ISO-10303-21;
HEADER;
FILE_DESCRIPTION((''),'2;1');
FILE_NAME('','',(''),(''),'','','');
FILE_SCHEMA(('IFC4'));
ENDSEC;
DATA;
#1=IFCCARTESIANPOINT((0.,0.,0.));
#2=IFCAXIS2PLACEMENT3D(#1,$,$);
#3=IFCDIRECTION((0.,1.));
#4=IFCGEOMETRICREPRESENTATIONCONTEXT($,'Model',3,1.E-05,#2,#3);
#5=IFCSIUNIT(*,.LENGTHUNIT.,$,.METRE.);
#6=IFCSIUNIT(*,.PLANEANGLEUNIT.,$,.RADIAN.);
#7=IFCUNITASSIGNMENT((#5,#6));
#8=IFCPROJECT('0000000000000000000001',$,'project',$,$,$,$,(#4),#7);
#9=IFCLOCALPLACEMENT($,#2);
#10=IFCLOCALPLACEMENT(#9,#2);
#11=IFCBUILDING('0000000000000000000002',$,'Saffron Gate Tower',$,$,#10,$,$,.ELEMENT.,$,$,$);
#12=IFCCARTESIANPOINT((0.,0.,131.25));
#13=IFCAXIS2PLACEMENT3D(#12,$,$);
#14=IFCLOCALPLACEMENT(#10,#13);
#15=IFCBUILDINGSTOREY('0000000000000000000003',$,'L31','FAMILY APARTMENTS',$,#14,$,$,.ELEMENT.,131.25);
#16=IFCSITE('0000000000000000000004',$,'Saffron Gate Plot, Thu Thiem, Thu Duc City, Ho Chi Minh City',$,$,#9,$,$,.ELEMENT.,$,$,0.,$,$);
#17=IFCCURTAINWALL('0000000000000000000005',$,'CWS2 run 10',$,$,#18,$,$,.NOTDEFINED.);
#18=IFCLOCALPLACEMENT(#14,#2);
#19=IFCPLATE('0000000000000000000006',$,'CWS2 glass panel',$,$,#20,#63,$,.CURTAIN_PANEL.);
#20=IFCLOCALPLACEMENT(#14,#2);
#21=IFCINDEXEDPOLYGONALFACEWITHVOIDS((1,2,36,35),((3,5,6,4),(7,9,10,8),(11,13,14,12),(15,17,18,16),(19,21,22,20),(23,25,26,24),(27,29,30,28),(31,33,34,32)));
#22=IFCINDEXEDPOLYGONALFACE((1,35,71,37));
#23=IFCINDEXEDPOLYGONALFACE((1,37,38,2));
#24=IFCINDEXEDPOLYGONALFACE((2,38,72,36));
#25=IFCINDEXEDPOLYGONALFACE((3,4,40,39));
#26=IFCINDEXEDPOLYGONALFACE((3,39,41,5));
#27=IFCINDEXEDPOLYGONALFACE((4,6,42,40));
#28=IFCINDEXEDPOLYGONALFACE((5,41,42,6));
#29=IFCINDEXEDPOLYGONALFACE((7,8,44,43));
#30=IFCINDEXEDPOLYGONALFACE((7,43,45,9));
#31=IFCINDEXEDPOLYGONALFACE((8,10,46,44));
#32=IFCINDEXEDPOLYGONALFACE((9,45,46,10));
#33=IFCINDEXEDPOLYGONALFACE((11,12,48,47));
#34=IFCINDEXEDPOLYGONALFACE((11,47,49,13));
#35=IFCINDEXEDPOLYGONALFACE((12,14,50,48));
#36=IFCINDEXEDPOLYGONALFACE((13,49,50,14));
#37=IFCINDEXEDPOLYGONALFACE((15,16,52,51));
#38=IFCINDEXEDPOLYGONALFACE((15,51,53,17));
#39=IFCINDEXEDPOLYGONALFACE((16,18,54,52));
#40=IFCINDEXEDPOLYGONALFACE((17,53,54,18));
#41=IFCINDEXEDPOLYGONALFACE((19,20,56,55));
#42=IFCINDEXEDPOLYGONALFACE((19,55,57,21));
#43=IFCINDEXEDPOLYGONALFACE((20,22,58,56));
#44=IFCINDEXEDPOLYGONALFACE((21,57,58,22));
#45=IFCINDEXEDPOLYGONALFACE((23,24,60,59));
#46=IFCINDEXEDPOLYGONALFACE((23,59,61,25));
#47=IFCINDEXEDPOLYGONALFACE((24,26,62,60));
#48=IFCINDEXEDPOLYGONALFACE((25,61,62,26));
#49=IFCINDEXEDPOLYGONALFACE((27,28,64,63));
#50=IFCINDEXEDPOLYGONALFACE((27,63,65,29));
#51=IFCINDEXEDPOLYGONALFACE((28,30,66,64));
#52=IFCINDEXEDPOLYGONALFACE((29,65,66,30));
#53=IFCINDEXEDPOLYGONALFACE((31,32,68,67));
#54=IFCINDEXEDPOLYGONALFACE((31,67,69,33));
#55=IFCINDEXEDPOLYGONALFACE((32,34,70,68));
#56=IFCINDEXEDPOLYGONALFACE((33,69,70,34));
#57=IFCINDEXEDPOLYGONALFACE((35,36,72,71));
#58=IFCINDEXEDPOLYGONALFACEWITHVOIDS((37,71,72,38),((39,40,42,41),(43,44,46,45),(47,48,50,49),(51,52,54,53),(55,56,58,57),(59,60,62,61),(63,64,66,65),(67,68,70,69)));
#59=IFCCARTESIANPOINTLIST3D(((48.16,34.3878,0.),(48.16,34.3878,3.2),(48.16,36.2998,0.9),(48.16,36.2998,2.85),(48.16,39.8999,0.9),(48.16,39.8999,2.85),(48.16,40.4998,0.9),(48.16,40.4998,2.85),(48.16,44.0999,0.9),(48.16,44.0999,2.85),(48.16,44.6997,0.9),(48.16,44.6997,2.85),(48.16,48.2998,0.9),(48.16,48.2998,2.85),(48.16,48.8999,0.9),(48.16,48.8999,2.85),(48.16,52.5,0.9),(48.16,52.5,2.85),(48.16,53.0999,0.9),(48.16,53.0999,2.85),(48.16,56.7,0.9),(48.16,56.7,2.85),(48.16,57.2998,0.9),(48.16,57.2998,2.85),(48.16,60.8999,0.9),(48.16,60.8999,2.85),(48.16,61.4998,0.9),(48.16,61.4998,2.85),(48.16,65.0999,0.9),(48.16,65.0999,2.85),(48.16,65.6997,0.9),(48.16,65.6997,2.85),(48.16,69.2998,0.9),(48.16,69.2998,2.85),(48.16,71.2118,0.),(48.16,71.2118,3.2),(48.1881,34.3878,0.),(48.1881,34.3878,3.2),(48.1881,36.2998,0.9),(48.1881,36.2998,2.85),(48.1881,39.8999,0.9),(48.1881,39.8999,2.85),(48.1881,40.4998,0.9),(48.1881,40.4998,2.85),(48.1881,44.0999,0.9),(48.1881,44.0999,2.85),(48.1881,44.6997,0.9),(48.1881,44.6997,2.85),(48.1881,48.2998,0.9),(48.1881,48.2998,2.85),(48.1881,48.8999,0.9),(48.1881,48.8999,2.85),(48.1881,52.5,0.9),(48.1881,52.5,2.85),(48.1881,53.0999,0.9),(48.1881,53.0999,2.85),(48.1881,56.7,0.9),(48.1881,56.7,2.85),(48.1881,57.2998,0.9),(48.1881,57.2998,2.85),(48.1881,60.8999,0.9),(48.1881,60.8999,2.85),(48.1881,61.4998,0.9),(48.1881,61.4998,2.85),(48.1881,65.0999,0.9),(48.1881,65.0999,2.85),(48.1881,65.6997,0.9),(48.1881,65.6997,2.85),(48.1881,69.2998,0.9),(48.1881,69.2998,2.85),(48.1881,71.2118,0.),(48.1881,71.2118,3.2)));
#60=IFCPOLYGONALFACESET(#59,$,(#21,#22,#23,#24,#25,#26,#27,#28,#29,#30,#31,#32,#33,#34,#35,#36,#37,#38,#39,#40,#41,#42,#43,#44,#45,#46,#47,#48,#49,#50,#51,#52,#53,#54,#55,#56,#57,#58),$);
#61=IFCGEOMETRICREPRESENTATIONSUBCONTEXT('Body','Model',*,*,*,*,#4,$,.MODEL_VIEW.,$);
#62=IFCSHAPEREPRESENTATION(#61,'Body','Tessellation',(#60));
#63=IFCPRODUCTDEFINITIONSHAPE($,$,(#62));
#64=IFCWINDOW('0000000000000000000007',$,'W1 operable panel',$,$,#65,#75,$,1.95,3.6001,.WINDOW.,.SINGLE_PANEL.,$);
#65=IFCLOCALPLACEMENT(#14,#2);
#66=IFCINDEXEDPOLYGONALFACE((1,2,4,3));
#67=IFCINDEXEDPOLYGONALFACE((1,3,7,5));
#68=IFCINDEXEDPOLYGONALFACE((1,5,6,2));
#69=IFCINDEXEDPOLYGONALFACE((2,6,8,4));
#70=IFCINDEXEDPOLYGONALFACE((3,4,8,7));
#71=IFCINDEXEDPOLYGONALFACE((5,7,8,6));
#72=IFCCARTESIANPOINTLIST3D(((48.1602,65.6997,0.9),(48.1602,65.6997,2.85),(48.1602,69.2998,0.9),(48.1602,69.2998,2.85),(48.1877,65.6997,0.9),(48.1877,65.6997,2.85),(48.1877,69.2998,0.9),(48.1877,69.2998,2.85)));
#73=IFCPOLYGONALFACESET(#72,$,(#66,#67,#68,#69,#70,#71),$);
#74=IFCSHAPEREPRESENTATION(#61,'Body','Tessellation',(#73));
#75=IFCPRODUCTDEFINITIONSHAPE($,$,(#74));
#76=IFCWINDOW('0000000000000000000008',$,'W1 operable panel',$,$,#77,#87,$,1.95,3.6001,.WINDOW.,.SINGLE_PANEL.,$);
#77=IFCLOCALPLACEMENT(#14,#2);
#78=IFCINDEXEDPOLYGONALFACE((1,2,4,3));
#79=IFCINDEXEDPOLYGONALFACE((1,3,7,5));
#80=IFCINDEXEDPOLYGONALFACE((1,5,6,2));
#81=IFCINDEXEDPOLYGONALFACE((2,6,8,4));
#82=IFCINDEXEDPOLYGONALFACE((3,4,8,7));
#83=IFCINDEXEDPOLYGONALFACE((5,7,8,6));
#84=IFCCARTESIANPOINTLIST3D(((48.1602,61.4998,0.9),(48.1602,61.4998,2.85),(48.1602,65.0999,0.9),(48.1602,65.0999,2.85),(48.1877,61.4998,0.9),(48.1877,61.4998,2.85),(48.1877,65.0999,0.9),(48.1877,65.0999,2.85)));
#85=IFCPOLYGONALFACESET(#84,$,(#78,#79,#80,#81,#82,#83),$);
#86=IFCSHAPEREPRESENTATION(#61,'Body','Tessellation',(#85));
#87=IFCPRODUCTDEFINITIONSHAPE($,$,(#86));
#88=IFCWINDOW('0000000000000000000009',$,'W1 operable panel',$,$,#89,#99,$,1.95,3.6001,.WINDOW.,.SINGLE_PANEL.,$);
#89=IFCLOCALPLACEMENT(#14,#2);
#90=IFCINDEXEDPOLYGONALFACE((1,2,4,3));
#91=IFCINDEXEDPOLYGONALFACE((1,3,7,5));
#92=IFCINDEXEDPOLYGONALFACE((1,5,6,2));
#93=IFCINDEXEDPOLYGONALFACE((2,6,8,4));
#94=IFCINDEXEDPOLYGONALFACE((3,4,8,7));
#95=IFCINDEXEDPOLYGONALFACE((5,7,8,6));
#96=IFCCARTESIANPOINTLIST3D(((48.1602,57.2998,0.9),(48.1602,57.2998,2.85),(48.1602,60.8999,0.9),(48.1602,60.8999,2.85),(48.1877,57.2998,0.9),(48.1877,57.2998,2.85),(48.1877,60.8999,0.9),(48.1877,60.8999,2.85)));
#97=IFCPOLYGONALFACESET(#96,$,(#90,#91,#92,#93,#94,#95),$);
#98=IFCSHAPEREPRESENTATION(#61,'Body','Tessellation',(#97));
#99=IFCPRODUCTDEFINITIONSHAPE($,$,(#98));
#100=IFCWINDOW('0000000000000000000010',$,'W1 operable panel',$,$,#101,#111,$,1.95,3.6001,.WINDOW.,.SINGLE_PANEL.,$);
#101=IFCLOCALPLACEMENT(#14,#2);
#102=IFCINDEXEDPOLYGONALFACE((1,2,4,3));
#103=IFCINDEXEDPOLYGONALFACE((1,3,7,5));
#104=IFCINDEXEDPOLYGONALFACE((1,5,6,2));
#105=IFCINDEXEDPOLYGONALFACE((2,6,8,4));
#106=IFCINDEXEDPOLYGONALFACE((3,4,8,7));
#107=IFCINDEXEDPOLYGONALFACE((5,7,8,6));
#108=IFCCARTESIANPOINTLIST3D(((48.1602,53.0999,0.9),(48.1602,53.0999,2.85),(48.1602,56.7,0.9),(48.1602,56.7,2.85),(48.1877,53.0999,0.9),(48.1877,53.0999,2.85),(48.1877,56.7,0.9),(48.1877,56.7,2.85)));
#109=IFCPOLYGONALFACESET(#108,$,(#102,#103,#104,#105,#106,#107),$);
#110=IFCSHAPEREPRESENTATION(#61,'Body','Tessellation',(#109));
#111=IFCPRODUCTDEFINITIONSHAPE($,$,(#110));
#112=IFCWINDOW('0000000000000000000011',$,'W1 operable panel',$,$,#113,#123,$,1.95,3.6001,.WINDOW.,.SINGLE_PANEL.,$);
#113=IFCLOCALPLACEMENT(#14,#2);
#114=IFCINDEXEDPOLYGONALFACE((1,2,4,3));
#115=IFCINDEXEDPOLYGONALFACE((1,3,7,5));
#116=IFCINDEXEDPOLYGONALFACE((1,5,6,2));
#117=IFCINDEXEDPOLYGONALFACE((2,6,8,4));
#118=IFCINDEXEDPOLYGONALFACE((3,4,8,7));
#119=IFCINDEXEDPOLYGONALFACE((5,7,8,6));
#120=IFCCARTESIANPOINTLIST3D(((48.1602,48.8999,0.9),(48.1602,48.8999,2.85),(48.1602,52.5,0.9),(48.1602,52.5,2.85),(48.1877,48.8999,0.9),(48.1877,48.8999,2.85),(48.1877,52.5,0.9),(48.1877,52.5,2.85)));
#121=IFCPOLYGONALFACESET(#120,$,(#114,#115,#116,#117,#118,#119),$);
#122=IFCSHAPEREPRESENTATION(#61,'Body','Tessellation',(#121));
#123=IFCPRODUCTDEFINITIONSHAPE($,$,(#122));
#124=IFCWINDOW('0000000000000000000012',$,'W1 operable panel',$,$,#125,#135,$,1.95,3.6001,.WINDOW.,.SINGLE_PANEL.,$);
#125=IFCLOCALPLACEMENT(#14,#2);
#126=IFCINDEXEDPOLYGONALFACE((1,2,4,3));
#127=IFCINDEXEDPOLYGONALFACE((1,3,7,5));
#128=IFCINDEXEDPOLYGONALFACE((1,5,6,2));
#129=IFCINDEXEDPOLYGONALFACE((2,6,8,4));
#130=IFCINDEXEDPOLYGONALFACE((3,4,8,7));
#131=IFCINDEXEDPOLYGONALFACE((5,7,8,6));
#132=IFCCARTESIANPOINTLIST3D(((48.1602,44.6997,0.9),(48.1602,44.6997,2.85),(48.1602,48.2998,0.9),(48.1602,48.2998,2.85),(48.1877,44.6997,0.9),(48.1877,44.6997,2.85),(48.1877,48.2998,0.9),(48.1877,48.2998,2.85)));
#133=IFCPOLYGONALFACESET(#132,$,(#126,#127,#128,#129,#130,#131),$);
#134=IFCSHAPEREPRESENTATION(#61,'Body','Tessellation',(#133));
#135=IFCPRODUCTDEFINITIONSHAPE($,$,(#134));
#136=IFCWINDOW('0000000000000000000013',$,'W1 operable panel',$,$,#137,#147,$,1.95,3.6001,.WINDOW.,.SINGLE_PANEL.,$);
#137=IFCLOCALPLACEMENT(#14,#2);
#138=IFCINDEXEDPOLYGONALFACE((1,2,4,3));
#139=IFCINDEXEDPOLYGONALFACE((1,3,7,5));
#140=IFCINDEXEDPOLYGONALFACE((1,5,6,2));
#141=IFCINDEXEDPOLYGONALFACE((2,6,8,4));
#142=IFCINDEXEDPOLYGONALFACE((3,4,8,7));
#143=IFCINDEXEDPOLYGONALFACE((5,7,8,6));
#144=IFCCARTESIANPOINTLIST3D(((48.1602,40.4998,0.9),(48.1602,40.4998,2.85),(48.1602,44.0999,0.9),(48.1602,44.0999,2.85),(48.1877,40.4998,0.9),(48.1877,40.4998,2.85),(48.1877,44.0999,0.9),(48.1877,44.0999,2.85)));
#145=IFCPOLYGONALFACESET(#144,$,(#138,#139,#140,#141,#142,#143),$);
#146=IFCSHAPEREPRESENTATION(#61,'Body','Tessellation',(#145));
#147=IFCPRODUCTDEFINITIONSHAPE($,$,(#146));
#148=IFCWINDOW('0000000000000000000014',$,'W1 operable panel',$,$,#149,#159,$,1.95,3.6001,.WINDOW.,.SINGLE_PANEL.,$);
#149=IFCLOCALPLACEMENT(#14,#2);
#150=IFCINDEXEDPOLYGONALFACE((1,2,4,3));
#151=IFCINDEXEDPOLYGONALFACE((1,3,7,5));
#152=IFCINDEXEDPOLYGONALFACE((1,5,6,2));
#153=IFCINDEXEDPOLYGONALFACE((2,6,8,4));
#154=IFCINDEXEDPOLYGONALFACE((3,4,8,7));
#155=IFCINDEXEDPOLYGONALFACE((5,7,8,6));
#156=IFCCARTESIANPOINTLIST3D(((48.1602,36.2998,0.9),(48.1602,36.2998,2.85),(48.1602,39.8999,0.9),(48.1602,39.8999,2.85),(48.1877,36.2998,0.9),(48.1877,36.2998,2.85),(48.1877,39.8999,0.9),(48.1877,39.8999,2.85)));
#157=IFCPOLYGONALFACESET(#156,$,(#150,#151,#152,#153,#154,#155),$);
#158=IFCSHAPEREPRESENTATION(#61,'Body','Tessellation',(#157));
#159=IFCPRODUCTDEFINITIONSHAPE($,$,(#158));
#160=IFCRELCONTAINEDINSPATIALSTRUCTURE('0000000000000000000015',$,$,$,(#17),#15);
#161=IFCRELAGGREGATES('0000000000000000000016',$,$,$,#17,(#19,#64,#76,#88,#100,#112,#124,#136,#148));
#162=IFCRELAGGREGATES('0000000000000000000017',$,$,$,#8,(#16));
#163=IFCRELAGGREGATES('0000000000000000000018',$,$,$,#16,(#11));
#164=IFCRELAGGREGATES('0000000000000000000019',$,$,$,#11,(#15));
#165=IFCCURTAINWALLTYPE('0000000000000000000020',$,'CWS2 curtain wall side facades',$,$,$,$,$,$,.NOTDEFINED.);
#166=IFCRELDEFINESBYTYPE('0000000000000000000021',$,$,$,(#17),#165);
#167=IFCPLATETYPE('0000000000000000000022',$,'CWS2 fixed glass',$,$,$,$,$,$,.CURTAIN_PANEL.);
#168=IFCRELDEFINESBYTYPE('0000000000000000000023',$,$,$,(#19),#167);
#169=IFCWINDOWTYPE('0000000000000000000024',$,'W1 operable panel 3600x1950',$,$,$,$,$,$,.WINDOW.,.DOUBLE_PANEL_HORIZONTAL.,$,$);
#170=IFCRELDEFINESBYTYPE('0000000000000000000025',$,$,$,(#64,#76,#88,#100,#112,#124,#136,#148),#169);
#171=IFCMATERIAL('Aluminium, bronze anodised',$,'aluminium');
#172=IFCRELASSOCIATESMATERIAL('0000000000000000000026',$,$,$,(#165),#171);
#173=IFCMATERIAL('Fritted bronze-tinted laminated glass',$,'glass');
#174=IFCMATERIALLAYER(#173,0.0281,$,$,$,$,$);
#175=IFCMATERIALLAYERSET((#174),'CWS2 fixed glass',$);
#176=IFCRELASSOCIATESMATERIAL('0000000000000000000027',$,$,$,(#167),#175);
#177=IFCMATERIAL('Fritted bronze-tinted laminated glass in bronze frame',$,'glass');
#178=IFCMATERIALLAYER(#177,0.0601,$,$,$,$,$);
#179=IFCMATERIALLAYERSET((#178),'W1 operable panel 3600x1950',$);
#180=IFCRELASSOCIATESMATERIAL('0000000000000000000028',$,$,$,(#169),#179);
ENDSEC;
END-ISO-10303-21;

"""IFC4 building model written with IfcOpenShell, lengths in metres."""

from ifc_helpers import new_model, si_unit, direction, frame, frame_2d, origin, place, context, subcontext, project, spatial, rectangle, extrude, material, layer, layer_set, type_object, element, fill, aggregate, save


model = new_model("IFC4")

# Units and contexts
model_context = context("Model", 3, precision=1e-05, world=origin(), true_north=direction((0.0, 1.0)))
body_context = subcontext(model_context, "Body", "Model", "MODEL_VIEW")
ifc_project = project(units=[si_unit("LENGTHUNIT", "METRE"), si_unit("PLANEANGLEUNIT", "RADIAN")], contexts=[model_context])

# Site, building, storey
site_placement = place(None, origin())
site = spatial("IfcSite", under=ifc_project, at=site_placement, Name="Saffron Gate Plot, Thu Thiem, Thu Duc City, Ho Chi Minh City", CompositionType="ELEMENT", RefElevation=0.0)
building_placement = place(site_placement, origin())
building = spatial("IfcBuilding", under=site, at=building_placement, Name="Saffron Gate Tower", CompositionType="ELEMENT")
storey_placement = place(building_placement, frame((0.0, 0.0, 131.25)))
storey = spatial("IfcBuildingStorey", under=building, at=storey_placement, Name="L31", Description="FAMILY APARTMENTS", CompositionType="ELEMENT", Elevation=131.25)

# Curtain wall, plate, openings, windows
ifc_material_1 = material(Name="Aluminium, bronze anodised", Category="aluminium")
curtain_wall_type = type_object("IfcCurtainWallType", Name="CWS2 curtain wall side facades", PredefinedType="NOTDEFINED", material=ifc_material_1)
curtain_wall_placement = place(storey_placement, origin())
curtain_wall = element("IfcCurtainWall", 1, at=curtain_wall_placement, inside=storey, type_object=curtain_wall_type, Name="CWS2 run 10", PredefinedType="NOTDEFINED")
ifc_material_2 = material(Name="Fritted bronze-tinted laminated glass", Category="glass")
ifc_layer_1 = layer(ifc_material_2, 0.0281)
ifc_layer_set_1 = layer_set([ifc_layer_1], Name="CWS2 fixed glass")
plate_type = type_object("IfcPlateType", Name="CWS2 fixed glass", PredefinedType="CURTAIN_PANEL", material=ifc_layer_set_1)
plate_placement = place(storey_placement, frame((48.1741, 71.2119, 0.0), z_axis=(0.0, 0.0, 1.0), x_axis=(0.0, -1.0, 0.0)))
plate = element("IfcPlate", 2, at=plate_placement, type_object=plate_type, Name="CWS2 glass panel", PredefinedType="CURTAIN_PANEL", context=body_context, shape_type="SweptSolid", body=[
    extrude(rectangle(XDim=36.824, YDim=0.0281, at=frame_2d((18.4121, 0.0))), origin(), (0.0, 0.0, 1.0), 3.2),
])
opening_1_placement = place(plate_placement, frame((1.9121, 0.0, 0.8999)))
opening_1 = element("IfcOpeningElement", 3, at=opening_1_placement, cuts=plate, PredefinedType="OPENING", context=body_context, shape_type="SweptSolid", body=[
    extrude(rectangle(XDim=3.6001, YDim=1.95, at=frame_2d((1.8, 0.9751))), frame((0.0, 0.0239, 0.0), z_axis=(0.0, -1.0, 0.0), x_axis=(1.0, 0.0, 0.0)), (0.0, 0.0, 1.0), 0.0481),
])
opening_2_placement = place(plate_placement, frame((6.1121, 0.0, 0.8999)))
opening_2 = element("IfcOpeningElement", 4, at=opening_2_placement, cuts=plate, PredefinedType="OPENING", context=body_context, shape_type="SweptSolid", body=[
    extrude(rectangle(XDim=3.6001, YDim=1.95, at=frame_2d((1.8, 0.9751))), frame((0.0, 0.0239, 0.0), z_axis=(0.0, -1.0, 0.0), x_axis=(1.0, 0.0, 0.0)), (0.0, 0.0, 1.0), 0.0481),
])
opening_3_placement = place(plate_placement, frame((10.312, 0.0, 0.8999)))
opening_3 = element("IfcOpeningElement", 5, at=opening_3_placement, cuts=plate, PredefinedType="OPENING", context=body_context, shape_type="SweptSolid", body=[
    extrude(rectangle(XDim=3.6001, YDim=1.95, at=frame_2d((1.8, 0.9751))), frame((0.0, 0.0239, 0.0), z_axis=(0.0, -1.0, 0.0), x_axis=(1.0, 0.0, 0.0)), (0.0, 0.0, 1.0), 0.0481),
])
opening_4_placement = place(plate_placement, frame((14.512, 0.0, 0.8999)))
opening_4 = element("IfcOpeningElement", 6, at=opening_4_placement, cuts=plate, PredefinedType="OPENING", context=body_context, shape_type="SweptSolid", body=[
    extrude(rectangle(XDim=3.6001, YDim=1.95, at=frame_2d((1.8, 0.9751))), frame((0.0, 0.0239, 0.0), z_axis=(0.0, -1.0, 0.0), x_axis=(1.0, 0.0, 0.0)), (0.0, 0.0, 1.0), 0.0481),
])
opening_5_placement = place(plate_placement, frame((18.7119, 0.0, 0.8999)))
opening_5 = element("IfcOpeningElement", 7, at=opening_5_placement, cuts=plate, PredefinedType="OPENING", context=body_context, shape_type="SweptSolid", body=[
    extrude(rectangle(XDim=3.6001, YDim=1.95, at=frame_2d((1.8, 0.9751))), frame((0.0, 0.0239, 0.0), z_axis=(0.0, -1.0, 0.0), x_axis=(1.0, 0.0, 0.0)), (0.0, 0.0, 1.0), 0.0481),
])
opening_6_placement = place(plate_placement, frame((22.9121, 0.0, 0.8999)))
opening_6 = element("IfcOpeningElement", 8, at=opening_6_placement, cuts=plate, PredefinedType="OPENING", context=body_context, shape_type="SweptSolid", body=[
    extrude(rectangle(XDim=3.6001, YDim=1.95, at=frame_2d((1.8, 0.9751))), frame((0.0, 0.0239, 0.0), z_axis=(0.0, -1.0, 0.0), x_axis=(1.0, 0.0, 0.0)), (0.0, 0.0, 1.0), 0.0481),
])
opening_7_placement = place(plate_placement, frame((27.1121, 0.0, 0.8999)))
opening_7 = element("IfcOpeningElement", 9, at=opening_7_placement, cuts=plate, PredefinedType="OPENING", context=body_context, shape_type="SweptSolid", body=[
    extrude(rectangle(XDim=3.6001, YDim=1.95, at=frame_2d((1.8, 0.9751))), frame((0.0, 0.0239, 0.0), z_axis=(0.0, -1.0, 0.0), x_axis=(1.0, 0.0, 0.0)), (0.0, 0.0, 1.0), 0.0481),
])
opening_8_placement = place(plate_placement, frame((31.312, 0.0, 0.8999)))
opening_8 = element("IfcOpeningElement", 10, at=opening_8_placement, cuts=plate, PredefinedType="OPENING", context=body_context, shape_type="SweptSolid", body=[
    extrude(rectangle(XDim=3.6001, YDim=1.95, at=frame_2d((1.8, 0.9751))), frame((0.0, 0.0239, 0.0), z_axis=(0.0, -1.0, 0.0), x_axis=(1.0, 0.0, 0.0)), (0.0, 0.0, 1.0), 0.0481),
])
ifc_material_3 = material(Name="Fritted bronze-tinted laminated glass in bronze frame", Category="glass")
ifc_layer_2 = layer(ifc_material_3, 0.0601)
ifc_layer_set_2 = layer_set([ifc_layer_2], Name="W1 operable panel 3600x1950")
window_type = type_object("IfcWindowType", Name="W1 operable panel 3600x1950", PartitioningType="DOUBLE_PANEL_HORIZONTAL", PredefinedType="WINDOW", material=ifc_layer_set_2)
window_1_placement = place(opening_1_placement, origin())
window_1 = element("IfcWindow", 11, at=window_1_placement, type_object=window_type, Name="W1 operable panel", OverallHeight=1.95, OverallWidth=3.6001, PartitioningType="SINGLE_PANEL", PredefinedType="WINDOW", context=body_context, shape_type="SweptSolid", body=[
    extrude(rectangle(XDim=3.6001, YDim=1.95, at=frame_2d((1.8, 0.9751))), frame((0.0, 0.0137, 0.0), z_axis=(0.0, -1.0, 0.0), x_axis=(1.0, 0.0, 0.0)), (0.0, 0.0, 1.0), 0.0276),
])
fill(opening_1, window_1)
window_2_placement = place(opening_2_placement, origin())
window_2 = element("IfcWindow", 12, at=window_2_placement, type_object=window_type, Name="W1 operable panel", OverallHeight=1.95, OverallWidth=3.6001, PartitioningType="SINGLE_PANEL", PredefinedType="WINDOW", context=body_context, shape_type="SweptSolid", body=[
    extrude(rectangle(XDim=3.6001, YDim=1.95, at=frame_2d((1.8, 0.9751))), frame((0.0, 0.0137, 0.0), z_axis=(0.0, -1.0, 0.0), x_axis=(1.0, 0.0, 0.0)), (0.0, 0.0, 1.0), 0.0276),
])
fill(opening_2, window_2)
window_3_placement = place(opening_3_placement, origin())
window_3 = element("IfcWindow", 13, at=window_3_placement, type_object=window_type, Name="W1 operable panel", OverallHeight=1.95, OverallWidth=3.6001, PartitioningType="SINGLE_PANEL", PredefinedType="WINDOW", context=body_context, shape_type="SweptSolid", body=[
    extrude(rectangle(XDim=3.6001, YDim=1.95, at=frame_2d((1.8, 0.9751))), frame((0.0, 0.0137, 0.0), z_axis=(0.0, -1.0, 0.0), x_axis=(1.0, 0.0, 0.0)), (0.0, 0.0, 1.0), 0.0276),
])
fill(opening_3, window_3)
window_4_placement = place(opening_4_placement, origin())
window_4 = element("IfcWindow", 14, at=window_4_placement, type_object=window_type, Name="W1 operable panel", OverallHeight=1.95, OverallWidth=3.6001, PartitioningType="SINGLE_PANEL", PredefinedType="WINDOW", context=body_context, shape_type="SweptSolid", body=[
    extrude(rectangle(XDim=3.6001, YDim=1.95, at=frame_2d((1.8, 0.9751))), frame((0.0, 0.0137, 0.0), z_axis=(0.0, -1.0, 0.0), x_axis=(1.0, 0.0, 0.0)), (0.0, 0.0, 1.0), 0.0276),
])
fill(opening_4, window_4)
window_5_placement = place(opening_5_placement, origin())
window_5 = element("IfcWindow", 15, at=window_5_placement, type_object=window_type, Name="W1 operable panel", OverallHeight=1.95, OverallWidth=3.6001, PartitioningType="SINGLE_PANEL", PredefinedType="WINDOW", context=body_context, shape_type="SweptSolid", body=[
    extrude(rectangle(XDim=3.6001, YDim=1.95, at=frame_2d((1.8, 0.9751))), frame((0.0, 0.0137, 0.0), z_axis=(0.0, -1.0, 0.0), x_axis=(1.0, 0.0, 0.0)), (0.0, 0.0, 1.0), 0.0276),
])
fill(opening_5, window_5)
window_6_placement = place(opening_6_placement, origin())
window_6 = element("IfcWindow", 16, at=window_6_placement, type_object=window_type, Name="W1 operable panel", OverallHeight=1.95, OverallWidth=3.6001, PartitioningType="SINGLE_PANEL", PredefinedType="WINDOW", context=body_context, shape_type="SweptSolid", body=[
    extrude(rectangle(XDim=3.6001, YDim=1.95, at=frame_2d((1.8, 0.9751))), frame((0.0, 0.0137, 0.0), z_axis=(0.0, -1.0, 0.0), x_axis=(1.0, 0.0, 0.0)), (0.0, 0.0, 1.0), 0.0276),
])
fill(opening_6, window_6)
window_7_placement = place(opening_7_placement, origin())
window_7 = element("IfcWindow", 17, at=window_7_placement, type_object=window_type, Name="W1 operable panel", OverallHeight=1.95, OverallWidth=3.6001, PartitioningType="SINGLE_PANEL", PredefinedType="WINDOW", context=body_context, shape_type="SweptSolid", body=[
    extrude(rectangle(XDim=3.6001, YDim=1.95, at=frame_2d((1.8, 0.9751))), frame((0.0, 0.0137, 0.0), z_axis=(0.0, -1.0, 0.0), x_axis=(1.0, 0.0, 0.0)), (0.0, 0.0, 1.0), 0.0276),
])
fill(opening_7, window_7)
window_8_placement = place(opening_8_placement, origin())
window_8 = element("IfcWindow", 18, at=window_8_placement, type_object=window_type, Name="W1 operable panel", OverallHeight=1.95, OverallWidth=3.6001, PartitioningType="SINGLE_PANEL", PredefinedType="WINDOW", context=body_context, shape_type="SweptSolid", body=[
    extrude(rectangle(XDim=3.6001, YDim=1.95, at=frame_2d((1.8, 0.9751))), frame((0.0, 0.0137, 0.0), z_axis=(0.0, -1.0, 0.0), x_axis=(1.0, 0.0, 0.0)), (0.0, 0.0, 1.0), 0.0276),
])
fill(opening_8, window_8)
aggregate(curtain_wall, [plate, window_1, window_2, window_3, window_4, window_5, window_6, window_7, window_8])

save(model, "model.ifc")
